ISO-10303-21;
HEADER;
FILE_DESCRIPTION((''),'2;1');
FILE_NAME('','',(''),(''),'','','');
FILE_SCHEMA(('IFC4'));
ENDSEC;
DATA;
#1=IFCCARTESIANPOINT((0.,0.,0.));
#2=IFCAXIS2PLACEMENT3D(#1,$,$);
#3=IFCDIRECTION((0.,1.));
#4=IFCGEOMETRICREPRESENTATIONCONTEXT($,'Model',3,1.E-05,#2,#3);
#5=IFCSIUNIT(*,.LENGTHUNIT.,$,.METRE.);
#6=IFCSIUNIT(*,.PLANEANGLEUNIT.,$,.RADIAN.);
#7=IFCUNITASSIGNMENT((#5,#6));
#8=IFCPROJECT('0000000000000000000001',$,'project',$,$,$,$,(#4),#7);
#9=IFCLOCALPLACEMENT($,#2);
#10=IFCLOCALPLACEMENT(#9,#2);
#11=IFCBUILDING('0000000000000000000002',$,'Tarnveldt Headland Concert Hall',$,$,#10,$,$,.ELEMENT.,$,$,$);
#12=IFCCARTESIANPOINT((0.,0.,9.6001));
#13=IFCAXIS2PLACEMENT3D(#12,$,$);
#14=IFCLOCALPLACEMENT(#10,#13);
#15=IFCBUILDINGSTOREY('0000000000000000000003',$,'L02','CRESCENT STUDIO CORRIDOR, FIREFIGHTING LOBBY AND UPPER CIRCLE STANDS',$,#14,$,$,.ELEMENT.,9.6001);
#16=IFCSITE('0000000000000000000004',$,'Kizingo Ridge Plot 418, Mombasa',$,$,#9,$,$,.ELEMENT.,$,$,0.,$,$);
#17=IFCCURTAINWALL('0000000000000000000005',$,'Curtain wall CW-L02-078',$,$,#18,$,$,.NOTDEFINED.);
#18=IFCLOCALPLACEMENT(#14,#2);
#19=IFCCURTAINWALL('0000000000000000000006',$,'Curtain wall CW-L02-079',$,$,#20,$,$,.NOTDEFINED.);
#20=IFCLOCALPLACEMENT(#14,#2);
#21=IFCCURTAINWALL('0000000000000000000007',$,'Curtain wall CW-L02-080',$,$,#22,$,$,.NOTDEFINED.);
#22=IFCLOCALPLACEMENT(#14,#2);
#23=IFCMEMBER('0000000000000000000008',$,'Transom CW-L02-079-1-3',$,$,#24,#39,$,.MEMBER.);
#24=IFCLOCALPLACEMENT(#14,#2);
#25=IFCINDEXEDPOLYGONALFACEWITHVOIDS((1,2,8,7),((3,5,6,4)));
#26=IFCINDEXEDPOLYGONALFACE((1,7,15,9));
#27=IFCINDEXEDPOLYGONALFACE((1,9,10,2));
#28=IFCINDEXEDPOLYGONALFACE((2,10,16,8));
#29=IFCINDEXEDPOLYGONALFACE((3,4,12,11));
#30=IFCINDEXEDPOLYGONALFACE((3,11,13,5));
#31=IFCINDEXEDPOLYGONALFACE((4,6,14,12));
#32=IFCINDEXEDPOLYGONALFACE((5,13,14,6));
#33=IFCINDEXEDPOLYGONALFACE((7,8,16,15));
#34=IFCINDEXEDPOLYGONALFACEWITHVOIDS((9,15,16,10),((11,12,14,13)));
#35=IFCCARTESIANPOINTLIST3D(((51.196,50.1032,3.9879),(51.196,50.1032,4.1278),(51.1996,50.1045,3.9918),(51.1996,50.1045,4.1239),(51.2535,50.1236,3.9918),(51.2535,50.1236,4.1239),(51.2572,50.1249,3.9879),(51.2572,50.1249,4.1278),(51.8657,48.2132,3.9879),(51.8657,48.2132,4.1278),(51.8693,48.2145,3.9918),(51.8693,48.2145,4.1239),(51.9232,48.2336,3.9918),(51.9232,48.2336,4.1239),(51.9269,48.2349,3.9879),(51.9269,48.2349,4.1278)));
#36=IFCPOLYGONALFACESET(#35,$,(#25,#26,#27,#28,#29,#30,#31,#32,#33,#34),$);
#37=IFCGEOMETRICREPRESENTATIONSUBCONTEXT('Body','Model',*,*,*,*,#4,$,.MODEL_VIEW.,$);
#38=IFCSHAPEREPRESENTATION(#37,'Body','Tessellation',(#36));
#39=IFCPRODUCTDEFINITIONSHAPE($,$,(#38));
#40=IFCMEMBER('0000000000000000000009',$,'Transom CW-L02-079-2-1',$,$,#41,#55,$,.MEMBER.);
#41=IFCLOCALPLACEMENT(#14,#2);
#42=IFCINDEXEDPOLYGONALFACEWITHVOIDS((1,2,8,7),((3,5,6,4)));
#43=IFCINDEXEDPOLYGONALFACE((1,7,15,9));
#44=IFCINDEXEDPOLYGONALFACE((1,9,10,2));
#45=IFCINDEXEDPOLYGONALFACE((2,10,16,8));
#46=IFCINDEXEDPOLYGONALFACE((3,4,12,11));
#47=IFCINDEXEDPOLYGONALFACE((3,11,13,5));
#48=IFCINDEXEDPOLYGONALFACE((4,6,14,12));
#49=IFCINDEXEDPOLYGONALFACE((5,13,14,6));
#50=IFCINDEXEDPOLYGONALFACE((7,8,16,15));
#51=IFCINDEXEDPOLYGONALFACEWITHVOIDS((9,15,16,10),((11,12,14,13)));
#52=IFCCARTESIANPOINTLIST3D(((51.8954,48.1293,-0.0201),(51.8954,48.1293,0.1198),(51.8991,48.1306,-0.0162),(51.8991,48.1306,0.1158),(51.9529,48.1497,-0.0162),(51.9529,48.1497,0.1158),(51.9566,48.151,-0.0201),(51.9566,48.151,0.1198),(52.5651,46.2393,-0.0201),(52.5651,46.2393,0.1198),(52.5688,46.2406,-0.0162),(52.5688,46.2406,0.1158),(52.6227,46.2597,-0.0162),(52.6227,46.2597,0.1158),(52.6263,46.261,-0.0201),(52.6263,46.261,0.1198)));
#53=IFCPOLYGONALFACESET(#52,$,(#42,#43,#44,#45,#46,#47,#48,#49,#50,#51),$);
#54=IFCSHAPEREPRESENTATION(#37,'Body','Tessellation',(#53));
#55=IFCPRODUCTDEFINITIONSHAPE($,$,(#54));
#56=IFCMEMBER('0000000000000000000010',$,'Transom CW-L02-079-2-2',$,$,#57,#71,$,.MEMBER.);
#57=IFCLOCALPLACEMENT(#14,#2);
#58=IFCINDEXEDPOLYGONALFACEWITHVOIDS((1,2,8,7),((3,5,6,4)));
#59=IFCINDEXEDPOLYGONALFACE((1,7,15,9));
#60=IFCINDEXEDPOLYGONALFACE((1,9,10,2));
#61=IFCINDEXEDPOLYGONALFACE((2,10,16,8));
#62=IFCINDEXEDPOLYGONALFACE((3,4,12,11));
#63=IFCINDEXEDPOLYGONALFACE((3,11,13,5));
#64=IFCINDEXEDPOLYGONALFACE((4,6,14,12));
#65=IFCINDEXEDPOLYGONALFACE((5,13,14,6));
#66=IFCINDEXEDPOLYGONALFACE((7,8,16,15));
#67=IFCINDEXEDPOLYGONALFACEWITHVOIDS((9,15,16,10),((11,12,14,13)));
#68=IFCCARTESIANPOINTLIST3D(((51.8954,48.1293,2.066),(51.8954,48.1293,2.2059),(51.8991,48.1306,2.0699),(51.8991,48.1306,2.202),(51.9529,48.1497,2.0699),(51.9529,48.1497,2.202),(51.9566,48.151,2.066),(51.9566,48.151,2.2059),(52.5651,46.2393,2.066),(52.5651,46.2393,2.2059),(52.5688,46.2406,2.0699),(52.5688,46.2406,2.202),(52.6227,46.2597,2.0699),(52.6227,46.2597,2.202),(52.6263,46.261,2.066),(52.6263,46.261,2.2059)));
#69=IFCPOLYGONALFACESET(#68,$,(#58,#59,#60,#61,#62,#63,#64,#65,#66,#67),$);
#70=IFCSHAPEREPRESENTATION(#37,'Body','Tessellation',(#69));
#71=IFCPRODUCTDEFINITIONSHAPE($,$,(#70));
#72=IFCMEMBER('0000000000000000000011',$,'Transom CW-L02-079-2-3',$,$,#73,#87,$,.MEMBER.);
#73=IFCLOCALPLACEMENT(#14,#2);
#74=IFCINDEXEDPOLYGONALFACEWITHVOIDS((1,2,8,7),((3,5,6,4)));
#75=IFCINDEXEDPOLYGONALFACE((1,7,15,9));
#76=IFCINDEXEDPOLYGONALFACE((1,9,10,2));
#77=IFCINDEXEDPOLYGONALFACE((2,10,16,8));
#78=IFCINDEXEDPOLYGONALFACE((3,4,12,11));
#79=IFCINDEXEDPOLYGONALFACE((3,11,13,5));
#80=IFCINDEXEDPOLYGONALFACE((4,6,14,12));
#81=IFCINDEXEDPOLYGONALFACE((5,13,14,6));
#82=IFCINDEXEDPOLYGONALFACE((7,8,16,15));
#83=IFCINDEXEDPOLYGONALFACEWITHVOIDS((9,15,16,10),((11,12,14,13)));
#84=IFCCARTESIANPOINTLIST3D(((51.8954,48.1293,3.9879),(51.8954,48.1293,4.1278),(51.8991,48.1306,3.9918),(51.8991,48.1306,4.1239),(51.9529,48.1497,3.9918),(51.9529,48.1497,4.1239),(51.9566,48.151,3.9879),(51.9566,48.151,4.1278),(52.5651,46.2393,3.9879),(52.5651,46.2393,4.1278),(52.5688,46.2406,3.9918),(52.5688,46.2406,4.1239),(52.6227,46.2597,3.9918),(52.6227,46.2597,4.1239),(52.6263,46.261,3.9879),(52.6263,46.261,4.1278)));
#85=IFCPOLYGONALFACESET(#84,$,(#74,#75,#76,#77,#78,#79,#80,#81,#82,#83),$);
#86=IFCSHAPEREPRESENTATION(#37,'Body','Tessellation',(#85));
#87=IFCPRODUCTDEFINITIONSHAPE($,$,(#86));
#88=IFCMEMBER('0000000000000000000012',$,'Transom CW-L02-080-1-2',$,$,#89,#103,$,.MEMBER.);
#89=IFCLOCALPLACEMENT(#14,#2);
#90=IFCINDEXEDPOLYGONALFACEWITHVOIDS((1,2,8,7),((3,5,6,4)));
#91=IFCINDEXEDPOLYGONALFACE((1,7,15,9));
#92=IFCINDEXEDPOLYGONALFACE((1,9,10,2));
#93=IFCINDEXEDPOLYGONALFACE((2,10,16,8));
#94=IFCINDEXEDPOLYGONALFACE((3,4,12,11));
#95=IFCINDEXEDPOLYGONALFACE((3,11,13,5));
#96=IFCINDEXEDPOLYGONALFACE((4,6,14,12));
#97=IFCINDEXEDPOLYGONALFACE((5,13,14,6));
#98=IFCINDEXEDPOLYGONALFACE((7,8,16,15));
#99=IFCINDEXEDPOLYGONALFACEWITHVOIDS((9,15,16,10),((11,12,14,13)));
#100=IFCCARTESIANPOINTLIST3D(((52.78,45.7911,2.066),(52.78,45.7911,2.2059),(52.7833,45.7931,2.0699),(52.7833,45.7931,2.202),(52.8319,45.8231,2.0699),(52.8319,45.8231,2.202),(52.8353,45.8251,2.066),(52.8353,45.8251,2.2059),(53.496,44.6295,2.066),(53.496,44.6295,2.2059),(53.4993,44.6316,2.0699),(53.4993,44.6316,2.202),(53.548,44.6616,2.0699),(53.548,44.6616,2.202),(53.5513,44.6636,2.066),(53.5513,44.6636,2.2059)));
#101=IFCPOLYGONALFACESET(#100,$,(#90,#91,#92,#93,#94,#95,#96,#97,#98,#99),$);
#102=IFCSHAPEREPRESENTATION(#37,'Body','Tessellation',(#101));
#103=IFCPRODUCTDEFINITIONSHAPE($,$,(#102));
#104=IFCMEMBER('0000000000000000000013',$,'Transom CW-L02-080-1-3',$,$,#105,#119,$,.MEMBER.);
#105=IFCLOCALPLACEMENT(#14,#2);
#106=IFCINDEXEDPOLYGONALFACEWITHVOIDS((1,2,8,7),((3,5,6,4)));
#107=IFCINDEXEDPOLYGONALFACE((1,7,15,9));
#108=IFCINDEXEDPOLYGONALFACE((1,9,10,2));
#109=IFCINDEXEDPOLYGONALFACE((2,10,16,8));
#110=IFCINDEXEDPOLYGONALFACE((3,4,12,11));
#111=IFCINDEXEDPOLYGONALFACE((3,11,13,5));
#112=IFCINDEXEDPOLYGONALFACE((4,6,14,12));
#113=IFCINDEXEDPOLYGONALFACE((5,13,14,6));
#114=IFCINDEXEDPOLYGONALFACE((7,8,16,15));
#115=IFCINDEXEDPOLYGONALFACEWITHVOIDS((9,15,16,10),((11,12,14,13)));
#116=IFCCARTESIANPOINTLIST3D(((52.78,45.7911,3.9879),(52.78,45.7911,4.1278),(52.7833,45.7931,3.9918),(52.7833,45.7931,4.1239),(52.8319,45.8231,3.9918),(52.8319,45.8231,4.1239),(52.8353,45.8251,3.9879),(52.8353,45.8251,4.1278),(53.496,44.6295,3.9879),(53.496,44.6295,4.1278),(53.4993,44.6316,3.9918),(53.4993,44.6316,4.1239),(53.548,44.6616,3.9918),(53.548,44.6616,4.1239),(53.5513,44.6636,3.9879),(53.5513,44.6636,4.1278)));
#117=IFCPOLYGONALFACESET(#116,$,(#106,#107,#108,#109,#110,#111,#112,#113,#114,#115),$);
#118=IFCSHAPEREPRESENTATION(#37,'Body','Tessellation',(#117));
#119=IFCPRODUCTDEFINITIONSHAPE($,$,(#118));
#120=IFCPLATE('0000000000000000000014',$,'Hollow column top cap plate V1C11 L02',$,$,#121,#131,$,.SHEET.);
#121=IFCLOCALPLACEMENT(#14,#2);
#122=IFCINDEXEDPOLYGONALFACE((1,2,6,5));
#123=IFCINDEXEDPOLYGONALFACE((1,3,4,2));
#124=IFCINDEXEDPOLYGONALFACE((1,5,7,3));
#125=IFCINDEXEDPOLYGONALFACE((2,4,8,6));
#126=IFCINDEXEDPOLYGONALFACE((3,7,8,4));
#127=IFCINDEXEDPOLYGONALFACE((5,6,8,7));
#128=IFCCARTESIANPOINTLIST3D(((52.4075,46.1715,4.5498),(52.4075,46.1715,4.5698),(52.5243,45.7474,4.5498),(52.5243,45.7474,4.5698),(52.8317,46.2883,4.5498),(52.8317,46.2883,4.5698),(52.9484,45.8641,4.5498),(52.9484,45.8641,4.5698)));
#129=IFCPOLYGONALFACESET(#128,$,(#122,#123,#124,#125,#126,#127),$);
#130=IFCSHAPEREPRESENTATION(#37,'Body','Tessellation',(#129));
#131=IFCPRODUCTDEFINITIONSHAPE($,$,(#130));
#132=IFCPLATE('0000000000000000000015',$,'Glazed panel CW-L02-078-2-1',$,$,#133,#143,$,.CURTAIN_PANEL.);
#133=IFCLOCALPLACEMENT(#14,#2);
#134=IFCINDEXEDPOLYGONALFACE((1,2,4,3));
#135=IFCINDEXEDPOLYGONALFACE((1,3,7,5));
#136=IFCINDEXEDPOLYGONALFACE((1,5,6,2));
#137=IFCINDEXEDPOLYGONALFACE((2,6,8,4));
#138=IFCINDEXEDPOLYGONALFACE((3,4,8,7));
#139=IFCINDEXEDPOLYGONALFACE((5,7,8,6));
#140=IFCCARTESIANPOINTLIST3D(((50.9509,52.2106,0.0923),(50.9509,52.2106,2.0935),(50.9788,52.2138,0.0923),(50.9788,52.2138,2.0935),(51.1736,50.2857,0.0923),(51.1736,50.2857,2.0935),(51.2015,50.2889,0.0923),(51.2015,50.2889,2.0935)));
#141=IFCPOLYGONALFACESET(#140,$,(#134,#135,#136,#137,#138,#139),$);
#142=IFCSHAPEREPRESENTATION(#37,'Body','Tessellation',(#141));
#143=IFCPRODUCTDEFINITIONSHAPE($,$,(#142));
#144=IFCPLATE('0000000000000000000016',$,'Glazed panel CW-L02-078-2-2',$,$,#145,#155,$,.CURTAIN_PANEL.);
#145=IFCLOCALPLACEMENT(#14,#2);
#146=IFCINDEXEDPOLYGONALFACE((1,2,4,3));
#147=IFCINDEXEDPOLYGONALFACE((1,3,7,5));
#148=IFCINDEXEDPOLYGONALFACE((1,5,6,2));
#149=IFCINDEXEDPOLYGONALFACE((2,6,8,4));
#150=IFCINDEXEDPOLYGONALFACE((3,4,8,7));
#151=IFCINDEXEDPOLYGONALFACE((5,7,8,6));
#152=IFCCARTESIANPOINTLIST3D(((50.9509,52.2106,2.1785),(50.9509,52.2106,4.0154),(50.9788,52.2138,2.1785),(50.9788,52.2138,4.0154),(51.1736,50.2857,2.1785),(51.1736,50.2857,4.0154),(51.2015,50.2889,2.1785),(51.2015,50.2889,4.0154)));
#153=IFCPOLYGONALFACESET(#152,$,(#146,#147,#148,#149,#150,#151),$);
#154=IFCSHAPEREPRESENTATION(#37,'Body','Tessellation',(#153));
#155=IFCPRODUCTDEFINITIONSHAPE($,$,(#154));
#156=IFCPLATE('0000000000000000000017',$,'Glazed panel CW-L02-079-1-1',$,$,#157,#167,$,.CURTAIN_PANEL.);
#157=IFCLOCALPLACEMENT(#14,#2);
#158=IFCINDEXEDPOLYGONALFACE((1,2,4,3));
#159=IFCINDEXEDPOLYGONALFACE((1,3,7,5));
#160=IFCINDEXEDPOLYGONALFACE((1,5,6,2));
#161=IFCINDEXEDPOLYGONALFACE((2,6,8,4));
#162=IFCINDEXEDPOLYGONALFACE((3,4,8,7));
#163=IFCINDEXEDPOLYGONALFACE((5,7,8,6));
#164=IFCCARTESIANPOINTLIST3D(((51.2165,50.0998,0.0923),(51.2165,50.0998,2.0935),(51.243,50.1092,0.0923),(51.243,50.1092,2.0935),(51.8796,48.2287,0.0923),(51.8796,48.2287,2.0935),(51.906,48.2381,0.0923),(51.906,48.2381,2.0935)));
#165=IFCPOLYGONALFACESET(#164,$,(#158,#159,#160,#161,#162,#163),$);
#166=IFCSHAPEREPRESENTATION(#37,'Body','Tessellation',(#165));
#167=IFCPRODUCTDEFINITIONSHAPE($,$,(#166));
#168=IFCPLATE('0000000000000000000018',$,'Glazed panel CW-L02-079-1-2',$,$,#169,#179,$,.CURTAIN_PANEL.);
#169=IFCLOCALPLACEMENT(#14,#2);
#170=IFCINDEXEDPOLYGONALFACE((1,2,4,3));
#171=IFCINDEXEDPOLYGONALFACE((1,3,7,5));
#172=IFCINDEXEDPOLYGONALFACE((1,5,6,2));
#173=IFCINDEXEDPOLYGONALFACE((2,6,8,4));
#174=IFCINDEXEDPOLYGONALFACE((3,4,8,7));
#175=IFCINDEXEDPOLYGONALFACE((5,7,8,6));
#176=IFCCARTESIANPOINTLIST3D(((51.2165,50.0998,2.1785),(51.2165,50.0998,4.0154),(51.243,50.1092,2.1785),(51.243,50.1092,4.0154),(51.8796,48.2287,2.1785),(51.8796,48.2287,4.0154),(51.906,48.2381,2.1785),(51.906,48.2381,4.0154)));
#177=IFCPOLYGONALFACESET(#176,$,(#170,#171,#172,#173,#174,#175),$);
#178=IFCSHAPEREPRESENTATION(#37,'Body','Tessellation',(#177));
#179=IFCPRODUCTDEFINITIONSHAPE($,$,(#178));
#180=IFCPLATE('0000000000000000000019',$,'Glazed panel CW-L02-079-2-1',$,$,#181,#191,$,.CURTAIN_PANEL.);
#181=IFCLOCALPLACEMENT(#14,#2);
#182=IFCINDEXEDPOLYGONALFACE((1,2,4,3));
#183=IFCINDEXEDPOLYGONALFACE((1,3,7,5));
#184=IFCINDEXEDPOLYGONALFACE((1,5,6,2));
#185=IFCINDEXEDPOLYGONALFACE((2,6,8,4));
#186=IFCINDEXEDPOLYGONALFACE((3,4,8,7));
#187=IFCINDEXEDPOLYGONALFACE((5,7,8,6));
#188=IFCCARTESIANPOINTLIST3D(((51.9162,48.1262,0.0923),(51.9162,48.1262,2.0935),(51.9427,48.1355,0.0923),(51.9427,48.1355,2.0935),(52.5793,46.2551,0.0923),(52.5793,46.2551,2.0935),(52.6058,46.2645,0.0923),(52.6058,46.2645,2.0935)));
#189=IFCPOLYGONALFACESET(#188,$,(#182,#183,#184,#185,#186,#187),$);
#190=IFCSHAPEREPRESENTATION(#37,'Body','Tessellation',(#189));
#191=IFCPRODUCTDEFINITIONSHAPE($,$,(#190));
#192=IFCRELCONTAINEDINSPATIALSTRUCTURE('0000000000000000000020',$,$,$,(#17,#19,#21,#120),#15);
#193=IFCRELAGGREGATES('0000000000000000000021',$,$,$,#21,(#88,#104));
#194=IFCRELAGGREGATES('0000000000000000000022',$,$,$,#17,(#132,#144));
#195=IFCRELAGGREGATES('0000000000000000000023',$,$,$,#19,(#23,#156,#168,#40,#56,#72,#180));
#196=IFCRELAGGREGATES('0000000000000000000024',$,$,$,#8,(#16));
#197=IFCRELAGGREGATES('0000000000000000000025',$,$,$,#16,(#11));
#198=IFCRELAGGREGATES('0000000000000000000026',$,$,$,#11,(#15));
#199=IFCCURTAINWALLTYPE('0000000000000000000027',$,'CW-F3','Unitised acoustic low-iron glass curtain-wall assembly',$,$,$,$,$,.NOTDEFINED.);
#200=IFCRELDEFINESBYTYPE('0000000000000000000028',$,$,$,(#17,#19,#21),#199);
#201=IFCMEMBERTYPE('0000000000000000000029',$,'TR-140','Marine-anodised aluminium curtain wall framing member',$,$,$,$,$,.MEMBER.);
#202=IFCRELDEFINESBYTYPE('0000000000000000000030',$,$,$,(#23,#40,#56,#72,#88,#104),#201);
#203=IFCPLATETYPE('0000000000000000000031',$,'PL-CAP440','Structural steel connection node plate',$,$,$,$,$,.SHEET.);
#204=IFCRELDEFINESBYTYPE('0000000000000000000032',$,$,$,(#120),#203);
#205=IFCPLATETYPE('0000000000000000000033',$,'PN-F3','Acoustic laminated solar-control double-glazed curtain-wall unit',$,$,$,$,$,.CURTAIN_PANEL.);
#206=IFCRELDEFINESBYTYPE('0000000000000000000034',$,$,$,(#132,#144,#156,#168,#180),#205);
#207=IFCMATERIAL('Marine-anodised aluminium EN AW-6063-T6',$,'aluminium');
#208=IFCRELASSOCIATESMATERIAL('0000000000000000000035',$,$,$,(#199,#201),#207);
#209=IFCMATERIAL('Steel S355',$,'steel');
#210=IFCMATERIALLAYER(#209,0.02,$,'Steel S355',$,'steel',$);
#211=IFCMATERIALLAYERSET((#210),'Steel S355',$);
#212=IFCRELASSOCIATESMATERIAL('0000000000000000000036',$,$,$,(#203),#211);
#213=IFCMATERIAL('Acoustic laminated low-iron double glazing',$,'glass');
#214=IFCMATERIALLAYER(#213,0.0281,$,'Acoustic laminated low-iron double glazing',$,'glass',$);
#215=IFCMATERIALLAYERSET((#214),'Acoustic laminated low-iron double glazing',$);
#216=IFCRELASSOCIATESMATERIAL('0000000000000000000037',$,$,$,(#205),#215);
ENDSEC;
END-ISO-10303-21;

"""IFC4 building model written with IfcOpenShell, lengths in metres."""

from ifc_helpers import new_model, si_unit, direction, frame, origin, origin_2d, place, context, subcontext, project, spatial, rectangle, hollow_rectangle, extrude, material, layer, layer_set, material_profile, profile_set, type_object, element, aggregate, save


model = new_model("IFC4")

# Units and contexts
model_context = context("Model", 3, precision=1e-05, world=origin(), true_north=direction((0.0, 1.0)))
body_context = subcontext(model_context, "Body", "Model", "MODEL_VIEW")
ifc_project = project(units=[si_unit("LENGTHUNIT", "METRE"), si_unit("PLANEANGLEUNIT", "RADIAN")], contexts=[model_context])

# Site, building, storey
site_placement = place(None, origin())
site = spatial("IfcSite", under=ifc_project, at=site_placement, Name="Kizingo Ridge Plot 418, Mombasa", CompositionType="ELEMENT", RefElevation=0.0)
building_placement = place(site_placement, origin())
building = spatial("IfcBuilding", under=site, at=building_placement, Name="Tarnveldt Headland Concert Hall", CompositionType="ELEMENT")
storey_placement = place(building_placement, frame((0.0, 0.0, 9.6001)))
storey = spatial("IfcBuildingStorey", under=building, at=storey_placement, Name="L02", Description="CRESCENT STUDIO CORRIDOR, FIREFIGHTING LOBBY AND UPPER CIRCLE STANDS", CompositionType="ELEMENT", Elevation=9.6001)

# Shared definitions
ifc_material_1 = material(Name="Steel S355", Category="steel")

# Curtain walls
ifc_material_2 = material(Name="Marine-anodised aluminium EN AW-6063-T6", Category="aluminium")
curtain_wall_type = type_object("IfcCurtainWallType", Name="CW-F3", Description="Unitised acoustic low-iron glass curtain-wall assembly", PredefinedType="NOTDEFINED", material=ifc_material_2)
curtain_wall_1_placement = place(storey_placement, origin())
curtain_wall_1 = element("IfcCurtainWall", 1, at=curtain_wall_1_placement, inside=storey, type_object=curtain_wall_type, Name="Curtain wall CW-L02-078", PredefinedType="NOTDEFINED")
curtain_wall_2_placement = place(storey_placement, origin())
curtain_wall_2 = element("IfcCurtainWall", 2, at=curtain_wall_2_placement, inside=storey, type_object=curtain_wall_type, Name="Curtain wall CW-L02-079", PredefinedType="NOTDEFINED")

# Curtain wall
curtain_wall_3_placement = place(storey_placement, origin())
curtain_wall_3 = element("IfcCurtainWall", 3, at=curtain_wall_3_placement, inside=storey, type_object=curtain_wall_type, Name="Curtain wall CW-L02-080", PredefinedType="NOTDEFINED")

# Members
ifc_material_profile_1 = material_profile(ifc_material_2, hollow_rectangle(XDim=0.0649, YDim=0.1399, WallThickness=0.0039, at=origin_2d()), Name="ALU TRANSOM 65x140x4", Category="aluminium")
ifc_profile_set_1 = profile_set([ifc_material_profile_1], Name="Marine-anodised aluminium EN AW-6063-T6")
member_type_1 = type_object("IfcMemberType", Name="TR-140", Description="Marine-anodised aluminium curtain wall framing member", PredefinedType="MEMBER", material=ifc_profile_set_1)
member_1_placement = place(storey_placement, frame((51.2266, 50.114, 4.0579), z_axis=(0.333998, -0.942574, 0.0), x_axis=(0.942574, 0.333998, 0.0)))
member_1 = element("IfcMember", 4, at=member_1_placement, type_object=member_type_1, Name="Transom CW-L02-079-1-3", PredefinedType="MEMBER", context=body_context, shape_type="SweptSolid", body=[
    extrude(hollow_rectangle(XDim=0.0649, YDim=0.1399, WallThickness=0.0039, at=origin_2d()), origin(), (0.0, 0.0, 1.0), 2.0051),
])
member_2_placement = place(storey_placement, frame((51.926, 48.1401, 0.0498), z_axis=(0.333998, -0.942574, 0.0), x_axis=(0.942574, 0.333998, 0.0)))
member_2 = element("IfcMember", 5, at=member_2_placement, type_object=member_type_1, Name="Transom CW-L02-079-2-1", PredefinedType="MEMBER", context=body_context, shape_type="SweptSolid", body=[
    extrude(hollow_rectangle(XDim=0.0649, YDim=0.1399, WallThickness=0.0039, at=origin_2d()), origin(), (0.0, 0.0, 1.0), 2.0051),
])
member_3_placement = place(storey_placement, frame((51.926, 48.1401, 2.136), z_axis=(0.333998, -0.942574, 0.0), x_axis=(0.942574, 0.333998, 0.0)))
member_3 = element("IfcMember", 6, at=member_3_placement, type_object=member_type_1, Name="Transom CW-L02-079-2-2", PredefinedType="MEMBER", context=body_context, shape_type="SweptSolid", body=[
    extrude(hollow_rectangle(XDim=0.0649, YDim=0.1399, WallThickness=0.0039, at=origin_2d()), origin(), (0.0, 0.0, 1.0), 2.0051),
])
member_4_placement = place(storey_placement, frame((51.926, 48.1401, 4.0579), z_axis=(0.333998, -0.942574, 0.0), x_axis=(0.942574, 0.333998, 0.0)))
member_4 = element("IfcMember", 7, at=member_4_placement, type_object=member_type_1, Name="Transom CW-L02-079-2-3", PredefinedType="MEMBER", context=body_context, shape_type="SweptSolid", body=[
    extrude(hollow_rectangle(XDim=0.0649, YDim=0.1399, WallThickness=0.0039, at=origin_2d()), origin(), (0.0, 0.0, 1.0), 2.0051),
])
member_5_placement = place(storey_placement, frame((52.8076, 45.8081, 2.136), z_axis=(0.524746, -0.851259, 0.0), x_axis=(0.851259, 0.524746, 0.0)))
member_5 = element("IfcMember", 8, at=member_5_placement, type_object=member_type_1, Name="Transom CW-L02-080-1-2", PredefinedType="MEMBER", context=body_context, shape_type="SweptSolid", body=[
    extrude(hollow_rectangle(XDim=0.0649, YDim=0.1399, WallThickness=0.0039, at=origin_2d()), origin(), (0.0, 0.0, 1.0), 1.3645),
])
member_6_placement = place(storey_placement, frame((52.8076, 45.8081, 4.0579), z_axis=(0.524746, -0.851259, 0.0), x_axis=(0.851259, 0.524746, 0.0)))
member_6 = element("IfcMember", 9, at=member_6_placement, type_object=member_type_1, Name="Transom CW-L02-080-1-3", PredefinedType="MEMBER", context=body_context, shape_type="SweptSolid", body=[
    extrude(hollow_rectangle(XDim=0.0649, YDim=0.1399, WallThickness=0.0039, at=origin_2d()), origin(), (0.0, 0.0, 1.0), 1.3645),
])
aggregate(curtain_wall_3, [member_5, member_6])

# Plates
ifc_layer_1 = layer(ifc_material_1, 0.02, Name="Steel S355", Category="steel")
ifc_layer_set_1 = layer_set([ifc_layer_1], Name="Steel S355")
plate_type_1 = type_object("IfcPlateType", Name="PL-CAP440", Description="Structural steel connection node plate", PredefinedType="SHEET", material=ifc_layer_set_1)
plate_1_placement = place(storey_placement, frame((52.678, 46.0178, 4.5498), z_axis=(0.0, 0.0, 1.0), x_axis=(-0.964142, -0.265388, 0.0)))
element("IfcPlate", 10, at=plate_1_placement, inside=storey, type_object=plate_type_1, Name="Hollow column top cap plate V1C11 L02", PredefinedType="SHEET", context=body_context, shape_type="SweptSolid", body=[
    extrude(rectangle(XDim=0.4399, YDim=0.4399, at=origin_2d()), origin(), (0.0, 0.0, 1.0), 0.02),
])
ifc_material_3 = material(Name="Acoustic laminated low-iron double glazing", Category="glass")
ifc_layer_2 = layer(ifc_material_3, 0.0281, Name="Acoustic laminated low-iron double glazing", Category="glass")
ifc_layer_set_2 = layer_set([ifc_layer_2], Name="Acoustic laminated low-iron double glazing")
plate_type_2 = type_object("IfcPlateType", Name="PN-F3", Description="Acoustic laminated solar-control double-glazed curtain-wall unit", PredefinedType="CURTAIN_PANEL", material=ifc_layer_set_2)
plate_2_placement = place(storey_placement, frame((51.0762, 51.2498, 0.0923), z_axis=(0.0, 0.0, 1.0), x_axis=(0.114937, -0.993373, 0.0)))
plate_2 = element("IfcPlate", 11, at=plate_2_placement, type_object=plate_type_2, Name="Glazed panel CW-L02-078-2-1", PredefinedType="CURTAIN_PANEL", context=body_context, shape_type="SweptSolid", body=[
    extrude(rectangle(XDim=1.9377, YDim=0.0281, at=origin_2d()), origin(), (0.0, 0.0, 1.0), 2.0012),
])
plate_3_placement = place(storey_placement, frame((51.0762, 51.2498, 2.1785), z_axis=(0.0, 0.0, 1.0), x_axis=(0.114937, -0.993373, 0.0)))
plate_3 = element("IfcPlate", 12, at=plate_3_placement, type_object=plate_type_2, Name="Glazed panel CW-L02-078-2-2", PredefinedType="CURTAIN_PANEL", context=body_context, shape_type="SweptSolid", body=[
    extrude(rectangle(XDim=1.9377, YDim=0.0281, at=origin_2d()), origin(), (0.0, 0.0, 1.0), 1.8369),
])
aggregate(curtain_wall_1, [plate_2, plate_3])
plate_4_placement = place(storey_placement, frame((51.5613, 49.1689, 0.0923), z_axis=(0.0, 0.0, 1.0), x_axis=(0.334021, -0.942566, 0.0)))
plate_4 = element("IfcPlate", 13, at=plate_4_placement, type_object=plate_type_2, Name="Glazed panel CW-L02-079-1-1", PredefinedType="CURTAIN_PANEL", context=body_context, shape_type="SweptSolid", body=[
    extrude(rectangle(XDim=1.9851, YDim=0.0281, at=origin_2d()), origin(), (0.0, 0.0, 1.0), 2.0012),
])
plate_5_placement = place(storey_placement, frame((51.5613, 49.1689, 2.1785), z_axis=(0.0, 0.0, 1.0), x_axis=(0.334021, -0.942566, 0.0)))
plate_5 = element("IfcPlate", 14, at=plate_5_placement, type_object=plate_type_2, Name="Glazed panel CW-L02-079-1-2", PredefinedType="CURTAIN_PANEL", context=body_context, shape_type="SweptSolid", body=[
    extrude(rectangle(XDim=1.9851, YDim=0.0281, at=origin_2d()), origin(), (0.0, 0.0, 1.0), 1.8369),
])
plate_6_placement = place(storey_placement, frame((52.261, 47.1953, 0.0923), z_axis=(0.0, 0.0, 1.0), x_axis=(0.334021, -0.942566, 0.0)))
plate_6 = element("IfcPlate", 15, at=plate_6_placement, type_object=plate_type_2, Name="Glazed panel CW-L02-079-2-1", PredefinedType="CURTAIN_PANEL", context=body_context, shape_type="SweptSolid", body=[
    extrude(rectangle(XDim=1.9851, YDim=0.0281, at=origin_2d()), origin(), (0.0, 0.0, 1.0), 2.0012),
])
aggregate(curtain_wall_2, [member_1, plate_4, plate_5, member_2, member_3, member_4, plate_6])

save(model, "model.ifc")
